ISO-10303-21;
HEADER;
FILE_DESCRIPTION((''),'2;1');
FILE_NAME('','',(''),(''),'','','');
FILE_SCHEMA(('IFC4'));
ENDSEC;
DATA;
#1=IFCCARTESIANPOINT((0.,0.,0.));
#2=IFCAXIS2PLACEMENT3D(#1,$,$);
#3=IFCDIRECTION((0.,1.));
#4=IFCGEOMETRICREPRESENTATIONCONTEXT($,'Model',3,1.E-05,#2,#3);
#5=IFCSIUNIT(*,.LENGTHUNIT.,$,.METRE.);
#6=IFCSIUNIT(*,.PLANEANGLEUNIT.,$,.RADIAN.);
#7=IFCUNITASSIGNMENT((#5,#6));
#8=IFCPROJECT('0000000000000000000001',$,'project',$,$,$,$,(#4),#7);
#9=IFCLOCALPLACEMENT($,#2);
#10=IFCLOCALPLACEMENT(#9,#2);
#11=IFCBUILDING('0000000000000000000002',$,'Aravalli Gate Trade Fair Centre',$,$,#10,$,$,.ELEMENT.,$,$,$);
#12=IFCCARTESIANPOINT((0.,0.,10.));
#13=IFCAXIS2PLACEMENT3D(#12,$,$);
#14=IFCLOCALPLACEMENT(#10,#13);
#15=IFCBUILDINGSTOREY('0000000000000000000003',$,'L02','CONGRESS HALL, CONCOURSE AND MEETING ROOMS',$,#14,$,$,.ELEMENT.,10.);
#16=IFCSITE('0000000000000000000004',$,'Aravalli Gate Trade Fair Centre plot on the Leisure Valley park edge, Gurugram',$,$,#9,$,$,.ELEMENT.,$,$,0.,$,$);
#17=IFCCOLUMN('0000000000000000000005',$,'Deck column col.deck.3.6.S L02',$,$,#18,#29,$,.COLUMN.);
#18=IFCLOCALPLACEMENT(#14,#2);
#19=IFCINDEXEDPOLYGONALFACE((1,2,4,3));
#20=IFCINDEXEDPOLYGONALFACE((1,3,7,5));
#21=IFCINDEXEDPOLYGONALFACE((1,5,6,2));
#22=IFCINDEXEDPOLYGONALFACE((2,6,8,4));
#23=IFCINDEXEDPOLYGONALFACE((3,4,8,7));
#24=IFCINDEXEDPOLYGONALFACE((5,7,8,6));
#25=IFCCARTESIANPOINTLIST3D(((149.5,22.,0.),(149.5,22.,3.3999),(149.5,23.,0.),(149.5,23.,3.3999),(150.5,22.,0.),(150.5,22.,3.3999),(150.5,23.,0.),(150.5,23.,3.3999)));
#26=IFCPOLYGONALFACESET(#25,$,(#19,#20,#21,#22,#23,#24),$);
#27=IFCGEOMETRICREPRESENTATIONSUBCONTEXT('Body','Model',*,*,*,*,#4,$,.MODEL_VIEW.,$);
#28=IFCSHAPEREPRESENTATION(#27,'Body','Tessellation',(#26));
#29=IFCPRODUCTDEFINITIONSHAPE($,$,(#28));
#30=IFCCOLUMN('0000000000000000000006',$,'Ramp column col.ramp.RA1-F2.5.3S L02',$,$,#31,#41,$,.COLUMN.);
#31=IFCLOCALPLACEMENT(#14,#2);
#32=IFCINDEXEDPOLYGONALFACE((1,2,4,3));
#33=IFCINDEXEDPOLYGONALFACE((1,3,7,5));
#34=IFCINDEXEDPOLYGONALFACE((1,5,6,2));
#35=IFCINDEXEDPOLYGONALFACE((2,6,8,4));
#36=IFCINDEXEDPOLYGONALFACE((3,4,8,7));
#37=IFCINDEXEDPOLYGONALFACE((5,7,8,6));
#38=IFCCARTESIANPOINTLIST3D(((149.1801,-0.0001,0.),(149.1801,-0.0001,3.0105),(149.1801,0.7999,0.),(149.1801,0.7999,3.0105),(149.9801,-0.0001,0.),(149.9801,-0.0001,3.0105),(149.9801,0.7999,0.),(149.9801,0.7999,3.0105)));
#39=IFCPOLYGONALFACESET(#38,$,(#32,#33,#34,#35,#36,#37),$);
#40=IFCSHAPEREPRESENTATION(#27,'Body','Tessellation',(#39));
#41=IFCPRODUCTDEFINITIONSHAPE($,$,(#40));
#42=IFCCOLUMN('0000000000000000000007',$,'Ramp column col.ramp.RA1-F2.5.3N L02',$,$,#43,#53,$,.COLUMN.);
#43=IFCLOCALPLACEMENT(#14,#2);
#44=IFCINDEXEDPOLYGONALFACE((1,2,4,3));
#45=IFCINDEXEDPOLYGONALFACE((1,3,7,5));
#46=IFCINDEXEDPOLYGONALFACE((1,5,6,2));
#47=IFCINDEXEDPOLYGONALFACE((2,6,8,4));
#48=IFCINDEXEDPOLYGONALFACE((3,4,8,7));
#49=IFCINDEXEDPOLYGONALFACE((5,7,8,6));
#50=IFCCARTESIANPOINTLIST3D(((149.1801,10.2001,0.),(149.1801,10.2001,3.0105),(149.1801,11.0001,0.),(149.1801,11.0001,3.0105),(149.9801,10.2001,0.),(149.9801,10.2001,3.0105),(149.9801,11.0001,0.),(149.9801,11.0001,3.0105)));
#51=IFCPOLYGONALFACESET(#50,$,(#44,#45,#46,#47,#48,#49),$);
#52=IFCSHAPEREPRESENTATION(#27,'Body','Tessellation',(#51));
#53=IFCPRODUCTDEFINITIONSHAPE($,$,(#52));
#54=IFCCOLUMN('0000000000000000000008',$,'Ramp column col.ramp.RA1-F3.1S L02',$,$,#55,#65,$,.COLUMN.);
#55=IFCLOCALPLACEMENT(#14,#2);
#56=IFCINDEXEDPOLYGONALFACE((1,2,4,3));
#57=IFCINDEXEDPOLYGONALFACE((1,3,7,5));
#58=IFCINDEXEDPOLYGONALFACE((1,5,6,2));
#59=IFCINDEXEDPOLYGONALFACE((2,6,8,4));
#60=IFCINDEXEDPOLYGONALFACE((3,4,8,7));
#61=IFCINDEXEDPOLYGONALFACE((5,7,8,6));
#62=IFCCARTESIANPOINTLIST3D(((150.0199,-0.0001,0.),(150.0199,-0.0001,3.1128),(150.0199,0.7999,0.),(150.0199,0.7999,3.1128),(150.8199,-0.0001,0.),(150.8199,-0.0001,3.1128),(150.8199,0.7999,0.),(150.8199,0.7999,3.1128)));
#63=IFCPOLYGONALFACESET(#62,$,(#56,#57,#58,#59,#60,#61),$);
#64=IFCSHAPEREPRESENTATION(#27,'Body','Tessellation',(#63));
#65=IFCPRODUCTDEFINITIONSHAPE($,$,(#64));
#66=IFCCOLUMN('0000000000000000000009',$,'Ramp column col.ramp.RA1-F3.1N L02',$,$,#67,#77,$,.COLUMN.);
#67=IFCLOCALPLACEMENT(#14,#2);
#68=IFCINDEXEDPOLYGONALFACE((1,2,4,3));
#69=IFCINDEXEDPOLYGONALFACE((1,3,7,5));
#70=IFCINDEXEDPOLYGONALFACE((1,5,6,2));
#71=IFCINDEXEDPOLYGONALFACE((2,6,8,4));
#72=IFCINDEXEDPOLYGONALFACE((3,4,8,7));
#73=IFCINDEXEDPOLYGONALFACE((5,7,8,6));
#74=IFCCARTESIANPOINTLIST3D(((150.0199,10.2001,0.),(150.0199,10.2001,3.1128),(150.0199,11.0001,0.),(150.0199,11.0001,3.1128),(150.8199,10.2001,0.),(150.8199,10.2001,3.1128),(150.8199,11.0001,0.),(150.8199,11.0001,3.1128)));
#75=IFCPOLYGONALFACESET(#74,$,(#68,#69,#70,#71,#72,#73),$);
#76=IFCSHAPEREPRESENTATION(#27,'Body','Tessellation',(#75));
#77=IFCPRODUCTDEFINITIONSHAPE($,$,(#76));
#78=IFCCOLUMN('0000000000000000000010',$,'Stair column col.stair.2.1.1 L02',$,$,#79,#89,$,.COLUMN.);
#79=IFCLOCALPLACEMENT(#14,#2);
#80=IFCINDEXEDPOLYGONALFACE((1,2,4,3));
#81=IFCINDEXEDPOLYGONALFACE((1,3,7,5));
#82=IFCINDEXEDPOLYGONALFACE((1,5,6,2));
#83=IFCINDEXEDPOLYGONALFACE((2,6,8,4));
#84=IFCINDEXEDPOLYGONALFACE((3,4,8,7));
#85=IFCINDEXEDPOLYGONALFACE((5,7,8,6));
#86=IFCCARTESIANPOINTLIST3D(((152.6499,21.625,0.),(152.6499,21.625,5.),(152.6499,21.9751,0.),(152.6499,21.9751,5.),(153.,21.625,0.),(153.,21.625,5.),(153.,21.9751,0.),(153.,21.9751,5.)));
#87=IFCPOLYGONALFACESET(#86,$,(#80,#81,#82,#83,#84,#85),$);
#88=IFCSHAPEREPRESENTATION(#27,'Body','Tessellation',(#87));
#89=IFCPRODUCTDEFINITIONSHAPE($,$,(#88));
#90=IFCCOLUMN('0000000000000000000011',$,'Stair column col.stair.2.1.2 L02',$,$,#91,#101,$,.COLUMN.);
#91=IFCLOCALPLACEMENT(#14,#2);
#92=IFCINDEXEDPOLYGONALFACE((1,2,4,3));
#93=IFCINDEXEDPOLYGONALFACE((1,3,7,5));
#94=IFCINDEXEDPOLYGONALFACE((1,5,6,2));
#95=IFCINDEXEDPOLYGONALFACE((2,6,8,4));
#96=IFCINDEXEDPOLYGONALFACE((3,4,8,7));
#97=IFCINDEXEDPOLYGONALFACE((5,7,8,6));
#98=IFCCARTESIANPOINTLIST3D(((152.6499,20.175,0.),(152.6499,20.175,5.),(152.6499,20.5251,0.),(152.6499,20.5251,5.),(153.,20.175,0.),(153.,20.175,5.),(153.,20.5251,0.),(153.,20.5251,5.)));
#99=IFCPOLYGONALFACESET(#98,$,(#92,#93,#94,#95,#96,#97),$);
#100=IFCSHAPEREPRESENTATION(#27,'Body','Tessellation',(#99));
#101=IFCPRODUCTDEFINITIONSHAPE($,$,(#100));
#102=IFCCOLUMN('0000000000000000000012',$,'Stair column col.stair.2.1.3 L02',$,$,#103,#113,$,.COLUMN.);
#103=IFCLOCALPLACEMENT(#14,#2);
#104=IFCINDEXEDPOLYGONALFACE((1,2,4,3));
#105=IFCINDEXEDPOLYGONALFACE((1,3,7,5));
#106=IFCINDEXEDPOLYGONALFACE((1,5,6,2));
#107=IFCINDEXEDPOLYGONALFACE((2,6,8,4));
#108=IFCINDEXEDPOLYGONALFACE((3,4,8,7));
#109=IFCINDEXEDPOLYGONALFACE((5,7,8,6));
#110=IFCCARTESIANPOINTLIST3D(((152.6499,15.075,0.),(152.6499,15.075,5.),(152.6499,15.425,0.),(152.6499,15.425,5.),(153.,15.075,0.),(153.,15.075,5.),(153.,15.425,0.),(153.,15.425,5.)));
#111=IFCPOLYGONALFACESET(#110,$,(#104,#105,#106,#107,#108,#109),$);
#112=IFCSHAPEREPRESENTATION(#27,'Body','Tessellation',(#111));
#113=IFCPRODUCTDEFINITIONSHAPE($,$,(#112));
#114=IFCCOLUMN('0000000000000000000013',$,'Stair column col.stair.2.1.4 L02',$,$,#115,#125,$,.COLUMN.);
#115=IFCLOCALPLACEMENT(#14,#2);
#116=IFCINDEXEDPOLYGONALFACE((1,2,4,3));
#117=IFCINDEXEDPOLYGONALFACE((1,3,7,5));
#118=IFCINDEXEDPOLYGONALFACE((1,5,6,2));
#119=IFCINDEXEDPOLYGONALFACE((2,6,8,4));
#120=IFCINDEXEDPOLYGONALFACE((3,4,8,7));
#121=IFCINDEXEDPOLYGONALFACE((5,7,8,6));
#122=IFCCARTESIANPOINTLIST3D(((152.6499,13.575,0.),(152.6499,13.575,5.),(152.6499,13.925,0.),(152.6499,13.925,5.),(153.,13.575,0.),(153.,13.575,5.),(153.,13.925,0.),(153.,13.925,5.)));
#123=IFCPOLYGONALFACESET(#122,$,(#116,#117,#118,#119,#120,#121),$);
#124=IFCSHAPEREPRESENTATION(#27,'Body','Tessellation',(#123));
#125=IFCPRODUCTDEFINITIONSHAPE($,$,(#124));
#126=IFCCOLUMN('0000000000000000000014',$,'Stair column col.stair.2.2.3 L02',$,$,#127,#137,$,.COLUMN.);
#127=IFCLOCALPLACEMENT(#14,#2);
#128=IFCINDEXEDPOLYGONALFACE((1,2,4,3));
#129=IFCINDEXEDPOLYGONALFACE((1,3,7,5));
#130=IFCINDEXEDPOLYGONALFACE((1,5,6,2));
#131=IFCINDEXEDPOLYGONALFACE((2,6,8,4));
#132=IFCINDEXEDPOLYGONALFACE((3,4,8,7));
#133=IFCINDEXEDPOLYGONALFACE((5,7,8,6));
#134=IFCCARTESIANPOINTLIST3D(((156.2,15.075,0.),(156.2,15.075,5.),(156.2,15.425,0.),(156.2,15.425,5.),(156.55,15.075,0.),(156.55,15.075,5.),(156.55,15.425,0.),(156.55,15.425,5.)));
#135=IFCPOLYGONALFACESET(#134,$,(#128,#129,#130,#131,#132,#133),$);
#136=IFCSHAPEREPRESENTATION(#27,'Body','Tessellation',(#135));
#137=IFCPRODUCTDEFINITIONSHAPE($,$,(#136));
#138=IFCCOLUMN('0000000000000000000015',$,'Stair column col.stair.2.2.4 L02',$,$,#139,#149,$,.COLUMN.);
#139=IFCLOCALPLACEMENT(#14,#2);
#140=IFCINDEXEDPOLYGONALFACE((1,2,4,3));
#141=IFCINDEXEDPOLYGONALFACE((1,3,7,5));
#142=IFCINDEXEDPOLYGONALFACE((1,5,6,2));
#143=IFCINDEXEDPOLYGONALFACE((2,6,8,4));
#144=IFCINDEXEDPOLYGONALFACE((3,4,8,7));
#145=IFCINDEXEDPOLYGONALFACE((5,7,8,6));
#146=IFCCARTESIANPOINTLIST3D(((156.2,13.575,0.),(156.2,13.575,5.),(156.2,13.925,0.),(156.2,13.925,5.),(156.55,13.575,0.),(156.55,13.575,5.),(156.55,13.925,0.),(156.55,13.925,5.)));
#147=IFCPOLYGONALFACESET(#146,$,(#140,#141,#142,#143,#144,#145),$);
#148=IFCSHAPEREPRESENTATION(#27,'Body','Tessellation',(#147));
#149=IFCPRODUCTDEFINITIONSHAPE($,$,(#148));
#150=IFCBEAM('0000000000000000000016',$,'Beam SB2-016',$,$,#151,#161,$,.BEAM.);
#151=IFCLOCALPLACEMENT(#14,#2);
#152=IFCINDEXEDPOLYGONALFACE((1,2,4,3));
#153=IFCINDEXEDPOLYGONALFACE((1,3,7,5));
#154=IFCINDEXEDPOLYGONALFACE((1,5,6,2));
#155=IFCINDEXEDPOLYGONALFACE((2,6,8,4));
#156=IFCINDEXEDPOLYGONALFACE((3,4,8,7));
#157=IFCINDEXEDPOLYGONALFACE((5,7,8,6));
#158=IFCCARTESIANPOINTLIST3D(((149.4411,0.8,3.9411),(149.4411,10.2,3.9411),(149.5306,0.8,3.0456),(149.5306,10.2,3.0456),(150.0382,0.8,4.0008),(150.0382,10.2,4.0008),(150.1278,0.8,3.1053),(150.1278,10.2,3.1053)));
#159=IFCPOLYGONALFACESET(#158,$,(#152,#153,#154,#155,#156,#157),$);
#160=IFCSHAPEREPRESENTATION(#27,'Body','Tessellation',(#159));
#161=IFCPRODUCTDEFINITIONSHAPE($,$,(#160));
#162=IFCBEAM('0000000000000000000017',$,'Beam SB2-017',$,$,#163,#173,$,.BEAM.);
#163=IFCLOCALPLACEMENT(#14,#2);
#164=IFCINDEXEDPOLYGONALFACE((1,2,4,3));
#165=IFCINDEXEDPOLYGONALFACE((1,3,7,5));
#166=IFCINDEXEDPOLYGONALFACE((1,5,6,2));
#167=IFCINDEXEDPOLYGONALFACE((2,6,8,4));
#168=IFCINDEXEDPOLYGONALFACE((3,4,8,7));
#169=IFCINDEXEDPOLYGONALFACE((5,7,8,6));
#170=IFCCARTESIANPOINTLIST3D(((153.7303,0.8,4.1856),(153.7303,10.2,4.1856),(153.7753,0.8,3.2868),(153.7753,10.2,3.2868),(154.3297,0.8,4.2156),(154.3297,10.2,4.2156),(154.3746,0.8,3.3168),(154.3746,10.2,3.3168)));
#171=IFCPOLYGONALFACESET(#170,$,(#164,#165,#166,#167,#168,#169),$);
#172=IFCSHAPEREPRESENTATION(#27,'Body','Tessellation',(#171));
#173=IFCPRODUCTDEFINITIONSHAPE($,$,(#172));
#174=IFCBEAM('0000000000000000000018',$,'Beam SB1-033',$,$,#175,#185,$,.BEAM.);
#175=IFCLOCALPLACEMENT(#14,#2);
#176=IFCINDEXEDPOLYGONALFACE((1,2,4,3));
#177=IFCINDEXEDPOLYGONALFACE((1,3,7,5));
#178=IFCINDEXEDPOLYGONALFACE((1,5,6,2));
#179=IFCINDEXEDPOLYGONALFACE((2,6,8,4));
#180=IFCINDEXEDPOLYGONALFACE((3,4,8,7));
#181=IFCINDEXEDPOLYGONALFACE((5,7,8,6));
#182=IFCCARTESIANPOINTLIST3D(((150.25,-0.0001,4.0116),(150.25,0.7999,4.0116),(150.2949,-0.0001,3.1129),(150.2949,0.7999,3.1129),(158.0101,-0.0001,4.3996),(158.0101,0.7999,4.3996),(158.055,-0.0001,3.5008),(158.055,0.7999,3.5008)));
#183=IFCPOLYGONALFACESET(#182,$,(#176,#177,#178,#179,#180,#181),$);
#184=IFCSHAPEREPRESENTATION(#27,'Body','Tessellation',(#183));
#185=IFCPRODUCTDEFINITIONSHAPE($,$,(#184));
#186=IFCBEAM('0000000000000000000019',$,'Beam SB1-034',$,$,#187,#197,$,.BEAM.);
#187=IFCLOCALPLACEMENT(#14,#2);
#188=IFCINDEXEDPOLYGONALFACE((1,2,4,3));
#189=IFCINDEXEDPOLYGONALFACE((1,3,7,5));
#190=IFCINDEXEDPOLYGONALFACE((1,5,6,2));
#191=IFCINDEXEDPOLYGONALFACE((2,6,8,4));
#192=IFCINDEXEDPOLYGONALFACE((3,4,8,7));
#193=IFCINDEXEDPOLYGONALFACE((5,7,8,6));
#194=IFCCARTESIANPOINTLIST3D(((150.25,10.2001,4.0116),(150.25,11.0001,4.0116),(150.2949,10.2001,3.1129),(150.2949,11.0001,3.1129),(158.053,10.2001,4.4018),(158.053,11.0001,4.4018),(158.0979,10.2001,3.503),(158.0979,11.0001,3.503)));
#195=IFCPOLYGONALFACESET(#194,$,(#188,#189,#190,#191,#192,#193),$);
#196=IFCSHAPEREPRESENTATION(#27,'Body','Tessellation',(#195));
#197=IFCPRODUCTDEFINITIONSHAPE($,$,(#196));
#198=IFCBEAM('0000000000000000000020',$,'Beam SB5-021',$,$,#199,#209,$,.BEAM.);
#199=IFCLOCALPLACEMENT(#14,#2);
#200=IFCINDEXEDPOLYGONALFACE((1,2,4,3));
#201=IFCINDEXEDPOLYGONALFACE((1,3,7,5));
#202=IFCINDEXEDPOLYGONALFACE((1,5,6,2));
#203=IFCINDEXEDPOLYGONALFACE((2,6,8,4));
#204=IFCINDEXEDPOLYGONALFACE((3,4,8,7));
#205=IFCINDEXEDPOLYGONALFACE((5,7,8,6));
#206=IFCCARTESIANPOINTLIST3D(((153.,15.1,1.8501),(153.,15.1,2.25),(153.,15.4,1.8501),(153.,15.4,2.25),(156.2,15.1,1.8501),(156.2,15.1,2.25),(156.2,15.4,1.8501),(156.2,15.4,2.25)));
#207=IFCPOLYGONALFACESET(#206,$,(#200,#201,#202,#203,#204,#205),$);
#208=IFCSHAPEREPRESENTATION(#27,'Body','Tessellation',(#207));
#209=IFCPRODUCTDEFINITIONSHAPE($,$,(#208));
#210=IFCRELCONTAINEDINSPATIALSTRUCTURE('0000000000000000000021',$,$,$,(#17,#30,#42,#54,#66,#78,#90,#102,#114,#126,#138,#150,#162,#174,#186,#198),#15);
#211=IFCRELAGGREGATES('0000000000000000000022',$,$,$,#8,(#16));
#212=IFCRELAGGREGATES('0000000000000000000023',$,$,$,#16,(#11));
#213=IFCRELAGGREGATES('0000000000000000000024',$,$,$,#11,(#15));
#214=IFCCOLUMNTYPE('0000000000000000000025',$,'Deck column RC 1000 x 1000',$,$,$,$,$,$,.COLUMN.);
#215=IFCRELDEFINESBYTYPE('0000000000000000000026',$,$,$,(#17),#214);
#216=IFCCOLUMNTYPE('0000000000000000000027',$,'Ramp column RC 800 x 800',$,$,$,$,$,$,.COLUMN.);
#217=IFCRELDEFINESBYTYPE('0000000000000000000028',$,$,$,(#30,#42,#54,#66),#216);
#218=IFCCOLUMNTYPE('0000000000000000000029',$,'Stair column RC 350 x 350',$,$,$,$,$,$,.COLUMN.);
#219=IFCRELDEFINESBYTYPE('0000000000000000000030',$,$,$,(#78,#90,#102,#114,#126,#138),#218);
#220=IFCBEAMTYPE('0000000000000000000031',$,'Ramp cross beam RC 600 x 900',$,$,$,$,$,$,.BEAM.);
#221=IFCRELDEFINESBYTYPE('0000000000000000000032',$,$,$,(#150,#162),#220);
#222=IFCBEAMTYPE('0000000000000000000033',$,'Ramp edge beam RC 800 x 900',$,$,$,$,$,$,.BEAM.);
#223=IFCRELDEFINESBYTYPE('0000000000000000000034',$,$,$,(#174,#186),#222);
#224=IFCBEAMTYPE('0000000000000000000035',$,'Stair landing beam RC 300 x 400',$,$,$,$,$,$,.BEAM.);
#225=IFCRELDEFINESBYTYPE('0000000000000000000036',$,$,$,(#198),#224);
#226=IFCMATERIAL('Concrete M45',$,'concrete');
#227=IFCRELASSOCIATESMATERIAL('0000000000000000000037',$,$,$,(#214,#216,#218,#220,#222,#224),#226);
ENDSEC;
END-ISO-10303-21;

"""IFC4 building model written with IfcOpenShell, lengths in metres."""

from ifc_helpers import new_model, si_unit, direction, frame, origin, origin_2d, place, context, subcontext, project, spatial, rectangle, extrude, material, material_profile, profile_set, type_object, element, save


model = new_model("IFC4")

# Units and contexts
model_context = context("Model", 3, precision=1e-05, world=origin(), true_north=direction((0.0, 1.0)))
body_context = subcontext(model_context, "Body", "Model", "MODEL_VIEW")
ifc_project = project(units=[si_unit("LENGTHUNIT", "METRE"), si_unit("PLANEANGLEUNIT", "RADIAN")], contexts=[model_context])

# Site, building, storey
site_placement = place(None, origin())
site = spatial("IfcSite", under=ifc_project, at=site_placement, Name="Aravalli Gate Trade Fair Centre plot on the Leisure Valley park edge, Gurugram", CompositionType="ELEMENT", RefElevation=0.0)
building_placement = place(site_placement, origin())
building = spatial("IfcBuilding", under=site, at=building_placement, Name="Aravalli Gate Trade Fair Centre", CompositionType="ELEMENT")
storey_placement = place(building_placement, frame((0.0, 0.0, 10.0)))
storey = spatial("IfcBuildingStorey", under=building, at=storey_placement, Name="L02", Description="CONGRESS HALL, CONCOURSE AND MEETING ROOMS", CompositionType="ELEMENT", Elevation=10.0)

# Columns
ifc_material_1 = material(Name="Concrete M45", Category="concrete")
ifc_material_profile_1 = material_profile(ifc_material_1, rectangle(XDim=1.0, YDim=1.0, at=origin_2d()), Name="Deck column RC 1000 x 1000")
ifc_profile_set_1 = profile_set([ifc_material_profile_1], Name="Concrete M45")
column_type_1 = type_object("IfcColumnType", Name="Deck column RC 1000 x 1000", PredefinedType="COLUMN", material=ifc_profile_set_1)
column_placement = place(storey_placement, frame((150.0, 22.5, 0.0), z_axis=(0.0, 0.0, 1.0), x_axis=(1.0, 0.0, 0.0)))
element("IfcColumn", 1, at=column_placement, inside=storey, type_object=column_type_1, Name="Deck column col.deck.3.6.S L02", PredefinedType="COLUMN", context=body_context, shape_type="SweptSolid", body=[
    extrude(rectangle(XDim=1.0, YDim=1.0, at=origin_2d()), origin(), (0.0, 0.0, 1.0), 3.3999),
])
ifc_material_profile_2 = material_profile(ifc_material_1, rectangle(XDim=0.8, YDim=0.8, at=origin_2d()), Name="Ramp column RC 800 x 800")
ifc_profile_set_2 = profile_set([ifc_material_profile_2], Name="Concrete M45")
column_type_2 = type_object("IfcColumnType", Name="Ramp column RC 800 x 800", PredefinedType="COLUMN", material=ifc_profile_set_2)
for number, where, z_axis, x_axis, name in (
    (2, (149.5801, 0.3999, 0.0), (0.0, 0.0, 1.0), (1.0, 0.0, 0.0), "Ramp column col.ramp.RA1-F2.5.3S L02"),
    (3, (149.5801, 10.6001, 0.0), (0.0, 0.0, 1.0), (1.0, 0.0, 0.0), "Ramp column col.ramp.RA1-F2.5.3N L02"),
):
    element("IfcColumn", number, at=place(storey_placement, frame(where, z_axis=z_axis, x_axis=x_axis)), inside=storey, type_object=column_type_2, Name=name, PredefinedType="COLUMN", context=body_context, shape_type="SweptSolid", body=[
        extrude(rectangle(XDim=0.8, YDim=0.8, at=origin_2d()), origin(), (0.0, 0.0, 1.0), 3.0105),
    ])
for number, where, z_axis, x_axis, name in (
    (4, (150.4199, 0.3999, 0.0), (0.0, 0.0, 1.0), (1.0, 0.0, 0.0), "Ramp column col.ramp.RA1-F3.1S L02"),
    (5, (150.4199, 10.6001, 0.0), (0.0, 0.0, 1.0), (1.0, 0.0, 0.0), "Ramp column col.ramp.RA1-F3.1N L02"),
):
    element("IfcColumn", number, at=place(storey_placement, frame(where, z_axis=z_axis, x_axis=x_axis)), inside=storey, type_object=column_type_2, Name=name, PredefinedType="COLUMN", context=body_context, shape_type="SweptSolid", body=[
        extrude(rectangle(XDim=0.8, YDim=0.8, at=origin_2d()), origin(), (0.0, 0.0, 1.0), 3.1128),
    ])
ifc_material_profile_3 = material_profile(ifc_material_1, rectangle(XDim=0.3501, YDim=0.3501, at=origin_2d()), Name="Stair column RC 350 x 350")
ifc_profile_set_3 = profile_set([ifc_material_profile_3], Name="Concrete M45")
column_type_3 = type_object("IfcColumnType", Name="Stair column RC 350 x 350", PredefinedType="COLUMN", material=ifc_profile_set_3)
for number, where, z_axis, x_axis, name in (
    (6, (152.825, 21.8, 0.0), (0.0, 0.0, 1.0), (1.0, 0.0, 0.0), "Stair column col.stair.2.1.1 L02"),
    (7, (152.825, 20.3501, 0.0), (0.0, 0.0, 1.0), (1.0, 0.0, 0.0), "Stair column col.stair.2.1.2 L02"),
    (8, (152.825, 15.25, 0.0), (0.0, 0.0, 1.0), (1.0, 0.0, 0.0), "Stair column col.stair.2.1.3 L02"),
    (9, (152.825, 13.75, 0.0), (0.0, 0.0, 1.0), (1.0, 0.0, 0.0), "Stair column col.stair.2.1.4 L02"),
    (10, (156.375, 15.25, 0.0), (0.0, 0.0, 1.0), (1.0, 0.0, 0.0), "Stair column col.stair.2.2.3 L02"),
    (11, (156.375, 13.75, 0.0), (0.0, 0.0, 1.0), (1.0, 0.0, 0.0), "Stair column col.stair.2.2.4 L02"),
):
    element("IfcColumn", number, at=place(storey_placement, frame(where, z_axis=z_axis, x_axis=x_axis)), inside=storey, type_object=column_type_3, Name=name, PredefinedType="COLUMN", context=body_context, shape_type="SweptSolid", body=[
        extrude(rectangle(XDim=0.3501, YDim=0.3501, at=origin_2d()), origin(), (0.0, 0.0, 1.0), 5.0),
    ])

# Beams
ifc_material_profile_4 = material_profile(ifc_material_1, rectangle(XDim=0.6001, YDim=0.8999, at=origin_2d()), Name="Ramp cross beam RC 600 x 900")
ifc_profile_set_4 = profile_set([ifc_material_profile_4], Name="Concrete M45")
beam_type_1 = type_object("IfcBeamType", Name="Ramp cross beam RC 600 x 900", PredefinedType="BEAM", material=ifc_profile_set_4)
for number, where, z_axis, x_axis, name in (
    (12, (149.7844, 0.8, 3.5232), (0.0, 1.0, 0.0), (-0.995037, 0.0, -0.099504), "Beam SB2-016"),
    (13, (154.0525, 0.8, 3.7512), (0.0, 1.0, 0.0), (-0.998752, 0.0, -0.049938), "Beam SB2-017"),
):
    element("IfcBeam", number, at=place(storey_placement, frame(where, z_axis=z_axis, x_axis=x_axis)), inside=storey, type_object=beam_type_1, Name=name, PredefinedType="BEAM", context=body_context, shape_type="SweptSolid", body=[
        extrude(rectangle(XDim=0.6001, YDim=0.8999, at=origin_2d()), origin(), (0.0, 0.0, 1.0), 9.3999),
    ])
ifc_material_profile_5 = material_profile(ifc_material_1, rectangle(XDim=0.8, YDim=0.8999, at=origin_2d()), Name="Ramp edge beam RC 800 x 900")
ifc_profile_set_5 = profile_set([ifc_material_profile_5], Name="Concrete M45")
beam_type_2 = type_object("IfcBeamType", Name="Ramp edge beam RC 800 x 900", PredefinedType="BEAM", material=ifc_profile_set_5)
beam_1_placement = place(storey_placement, frame((150.2725, 0.3999, 3.5623), z_axis=(0.998753, 0.0, 0.04993), x_axis=(0.0, 1.0, 0.0)))
element("IfcBeam", 14, at=beam_1_placement, inside=storey, type_object=beam_type_2, Name="Beam SB1-033", PredefinedType="BEAM", context=body_context, shape_type="SweptSolid", body=[
    extrude(rectangle(XDim=0.8, YDim=0.8999, at=origin_2d()), origin(), (0.0, 0.0, 1.0), 7.7698),
])
beam_2_placement = place(storey_placement, frame((150.2725, 10.6001, 3.5623), z_axis=(0.998752, 0.0, 0.049936), x_axis=(0.0, 1.0, 0.0)))
element("IfcBeam", 15, at=beam_2_placement, inside=storey, type_object=beam_type_2, Name="Beam SB1-034", PredefinedType="BEAM", context=body_context, shape_type="SweptSolid", body=[
    extrude(rectangle(XDim=0.8, YDim=0.8999, at=origin_2d()), origin(), (0.0, 0.0, 1.0), 7.8127),
])
ifc_material_profile_6 = material_profile(ifc_material_1, rectangle(XDim=0.3, YDim=0.3999, at=origin_2d()), Name="Stair landing beam RC 300 x 400")
ifc_profile_set_6 = profile_set([ifc_material_profile_6], Name="Concrete M45")
beam_type_3 = type_object("IfcBeamType", Name="Stair landing beam RC 300 x 400", PredefinedType="BEAM", material=ifc_profile_set_6)
for number, where, z_axis, x_axis, name in (
    (16, (153.0, 15.25, 2.05), (1.0, 0.0, 0.0), (0.0, 1.0, 0.0), "Beam SB5-021"),
):
    element("IfcBeam", number, at=place(storey_placement, frame(where, z_axis=z_axis, x_axis=x_axis)), inside=storey, type_object=beam_type_3, Name=name, PredefinedType="BEAM", context=body_context, shape_type="SweptSolid", body=[
        extrude(rectangle(XDim=0.3, YDim=0.3999, at=origin_2d()), origin(), (0.0, 0.0, 1.0), 3.2),
    ])

save(model, "model.ifc")
